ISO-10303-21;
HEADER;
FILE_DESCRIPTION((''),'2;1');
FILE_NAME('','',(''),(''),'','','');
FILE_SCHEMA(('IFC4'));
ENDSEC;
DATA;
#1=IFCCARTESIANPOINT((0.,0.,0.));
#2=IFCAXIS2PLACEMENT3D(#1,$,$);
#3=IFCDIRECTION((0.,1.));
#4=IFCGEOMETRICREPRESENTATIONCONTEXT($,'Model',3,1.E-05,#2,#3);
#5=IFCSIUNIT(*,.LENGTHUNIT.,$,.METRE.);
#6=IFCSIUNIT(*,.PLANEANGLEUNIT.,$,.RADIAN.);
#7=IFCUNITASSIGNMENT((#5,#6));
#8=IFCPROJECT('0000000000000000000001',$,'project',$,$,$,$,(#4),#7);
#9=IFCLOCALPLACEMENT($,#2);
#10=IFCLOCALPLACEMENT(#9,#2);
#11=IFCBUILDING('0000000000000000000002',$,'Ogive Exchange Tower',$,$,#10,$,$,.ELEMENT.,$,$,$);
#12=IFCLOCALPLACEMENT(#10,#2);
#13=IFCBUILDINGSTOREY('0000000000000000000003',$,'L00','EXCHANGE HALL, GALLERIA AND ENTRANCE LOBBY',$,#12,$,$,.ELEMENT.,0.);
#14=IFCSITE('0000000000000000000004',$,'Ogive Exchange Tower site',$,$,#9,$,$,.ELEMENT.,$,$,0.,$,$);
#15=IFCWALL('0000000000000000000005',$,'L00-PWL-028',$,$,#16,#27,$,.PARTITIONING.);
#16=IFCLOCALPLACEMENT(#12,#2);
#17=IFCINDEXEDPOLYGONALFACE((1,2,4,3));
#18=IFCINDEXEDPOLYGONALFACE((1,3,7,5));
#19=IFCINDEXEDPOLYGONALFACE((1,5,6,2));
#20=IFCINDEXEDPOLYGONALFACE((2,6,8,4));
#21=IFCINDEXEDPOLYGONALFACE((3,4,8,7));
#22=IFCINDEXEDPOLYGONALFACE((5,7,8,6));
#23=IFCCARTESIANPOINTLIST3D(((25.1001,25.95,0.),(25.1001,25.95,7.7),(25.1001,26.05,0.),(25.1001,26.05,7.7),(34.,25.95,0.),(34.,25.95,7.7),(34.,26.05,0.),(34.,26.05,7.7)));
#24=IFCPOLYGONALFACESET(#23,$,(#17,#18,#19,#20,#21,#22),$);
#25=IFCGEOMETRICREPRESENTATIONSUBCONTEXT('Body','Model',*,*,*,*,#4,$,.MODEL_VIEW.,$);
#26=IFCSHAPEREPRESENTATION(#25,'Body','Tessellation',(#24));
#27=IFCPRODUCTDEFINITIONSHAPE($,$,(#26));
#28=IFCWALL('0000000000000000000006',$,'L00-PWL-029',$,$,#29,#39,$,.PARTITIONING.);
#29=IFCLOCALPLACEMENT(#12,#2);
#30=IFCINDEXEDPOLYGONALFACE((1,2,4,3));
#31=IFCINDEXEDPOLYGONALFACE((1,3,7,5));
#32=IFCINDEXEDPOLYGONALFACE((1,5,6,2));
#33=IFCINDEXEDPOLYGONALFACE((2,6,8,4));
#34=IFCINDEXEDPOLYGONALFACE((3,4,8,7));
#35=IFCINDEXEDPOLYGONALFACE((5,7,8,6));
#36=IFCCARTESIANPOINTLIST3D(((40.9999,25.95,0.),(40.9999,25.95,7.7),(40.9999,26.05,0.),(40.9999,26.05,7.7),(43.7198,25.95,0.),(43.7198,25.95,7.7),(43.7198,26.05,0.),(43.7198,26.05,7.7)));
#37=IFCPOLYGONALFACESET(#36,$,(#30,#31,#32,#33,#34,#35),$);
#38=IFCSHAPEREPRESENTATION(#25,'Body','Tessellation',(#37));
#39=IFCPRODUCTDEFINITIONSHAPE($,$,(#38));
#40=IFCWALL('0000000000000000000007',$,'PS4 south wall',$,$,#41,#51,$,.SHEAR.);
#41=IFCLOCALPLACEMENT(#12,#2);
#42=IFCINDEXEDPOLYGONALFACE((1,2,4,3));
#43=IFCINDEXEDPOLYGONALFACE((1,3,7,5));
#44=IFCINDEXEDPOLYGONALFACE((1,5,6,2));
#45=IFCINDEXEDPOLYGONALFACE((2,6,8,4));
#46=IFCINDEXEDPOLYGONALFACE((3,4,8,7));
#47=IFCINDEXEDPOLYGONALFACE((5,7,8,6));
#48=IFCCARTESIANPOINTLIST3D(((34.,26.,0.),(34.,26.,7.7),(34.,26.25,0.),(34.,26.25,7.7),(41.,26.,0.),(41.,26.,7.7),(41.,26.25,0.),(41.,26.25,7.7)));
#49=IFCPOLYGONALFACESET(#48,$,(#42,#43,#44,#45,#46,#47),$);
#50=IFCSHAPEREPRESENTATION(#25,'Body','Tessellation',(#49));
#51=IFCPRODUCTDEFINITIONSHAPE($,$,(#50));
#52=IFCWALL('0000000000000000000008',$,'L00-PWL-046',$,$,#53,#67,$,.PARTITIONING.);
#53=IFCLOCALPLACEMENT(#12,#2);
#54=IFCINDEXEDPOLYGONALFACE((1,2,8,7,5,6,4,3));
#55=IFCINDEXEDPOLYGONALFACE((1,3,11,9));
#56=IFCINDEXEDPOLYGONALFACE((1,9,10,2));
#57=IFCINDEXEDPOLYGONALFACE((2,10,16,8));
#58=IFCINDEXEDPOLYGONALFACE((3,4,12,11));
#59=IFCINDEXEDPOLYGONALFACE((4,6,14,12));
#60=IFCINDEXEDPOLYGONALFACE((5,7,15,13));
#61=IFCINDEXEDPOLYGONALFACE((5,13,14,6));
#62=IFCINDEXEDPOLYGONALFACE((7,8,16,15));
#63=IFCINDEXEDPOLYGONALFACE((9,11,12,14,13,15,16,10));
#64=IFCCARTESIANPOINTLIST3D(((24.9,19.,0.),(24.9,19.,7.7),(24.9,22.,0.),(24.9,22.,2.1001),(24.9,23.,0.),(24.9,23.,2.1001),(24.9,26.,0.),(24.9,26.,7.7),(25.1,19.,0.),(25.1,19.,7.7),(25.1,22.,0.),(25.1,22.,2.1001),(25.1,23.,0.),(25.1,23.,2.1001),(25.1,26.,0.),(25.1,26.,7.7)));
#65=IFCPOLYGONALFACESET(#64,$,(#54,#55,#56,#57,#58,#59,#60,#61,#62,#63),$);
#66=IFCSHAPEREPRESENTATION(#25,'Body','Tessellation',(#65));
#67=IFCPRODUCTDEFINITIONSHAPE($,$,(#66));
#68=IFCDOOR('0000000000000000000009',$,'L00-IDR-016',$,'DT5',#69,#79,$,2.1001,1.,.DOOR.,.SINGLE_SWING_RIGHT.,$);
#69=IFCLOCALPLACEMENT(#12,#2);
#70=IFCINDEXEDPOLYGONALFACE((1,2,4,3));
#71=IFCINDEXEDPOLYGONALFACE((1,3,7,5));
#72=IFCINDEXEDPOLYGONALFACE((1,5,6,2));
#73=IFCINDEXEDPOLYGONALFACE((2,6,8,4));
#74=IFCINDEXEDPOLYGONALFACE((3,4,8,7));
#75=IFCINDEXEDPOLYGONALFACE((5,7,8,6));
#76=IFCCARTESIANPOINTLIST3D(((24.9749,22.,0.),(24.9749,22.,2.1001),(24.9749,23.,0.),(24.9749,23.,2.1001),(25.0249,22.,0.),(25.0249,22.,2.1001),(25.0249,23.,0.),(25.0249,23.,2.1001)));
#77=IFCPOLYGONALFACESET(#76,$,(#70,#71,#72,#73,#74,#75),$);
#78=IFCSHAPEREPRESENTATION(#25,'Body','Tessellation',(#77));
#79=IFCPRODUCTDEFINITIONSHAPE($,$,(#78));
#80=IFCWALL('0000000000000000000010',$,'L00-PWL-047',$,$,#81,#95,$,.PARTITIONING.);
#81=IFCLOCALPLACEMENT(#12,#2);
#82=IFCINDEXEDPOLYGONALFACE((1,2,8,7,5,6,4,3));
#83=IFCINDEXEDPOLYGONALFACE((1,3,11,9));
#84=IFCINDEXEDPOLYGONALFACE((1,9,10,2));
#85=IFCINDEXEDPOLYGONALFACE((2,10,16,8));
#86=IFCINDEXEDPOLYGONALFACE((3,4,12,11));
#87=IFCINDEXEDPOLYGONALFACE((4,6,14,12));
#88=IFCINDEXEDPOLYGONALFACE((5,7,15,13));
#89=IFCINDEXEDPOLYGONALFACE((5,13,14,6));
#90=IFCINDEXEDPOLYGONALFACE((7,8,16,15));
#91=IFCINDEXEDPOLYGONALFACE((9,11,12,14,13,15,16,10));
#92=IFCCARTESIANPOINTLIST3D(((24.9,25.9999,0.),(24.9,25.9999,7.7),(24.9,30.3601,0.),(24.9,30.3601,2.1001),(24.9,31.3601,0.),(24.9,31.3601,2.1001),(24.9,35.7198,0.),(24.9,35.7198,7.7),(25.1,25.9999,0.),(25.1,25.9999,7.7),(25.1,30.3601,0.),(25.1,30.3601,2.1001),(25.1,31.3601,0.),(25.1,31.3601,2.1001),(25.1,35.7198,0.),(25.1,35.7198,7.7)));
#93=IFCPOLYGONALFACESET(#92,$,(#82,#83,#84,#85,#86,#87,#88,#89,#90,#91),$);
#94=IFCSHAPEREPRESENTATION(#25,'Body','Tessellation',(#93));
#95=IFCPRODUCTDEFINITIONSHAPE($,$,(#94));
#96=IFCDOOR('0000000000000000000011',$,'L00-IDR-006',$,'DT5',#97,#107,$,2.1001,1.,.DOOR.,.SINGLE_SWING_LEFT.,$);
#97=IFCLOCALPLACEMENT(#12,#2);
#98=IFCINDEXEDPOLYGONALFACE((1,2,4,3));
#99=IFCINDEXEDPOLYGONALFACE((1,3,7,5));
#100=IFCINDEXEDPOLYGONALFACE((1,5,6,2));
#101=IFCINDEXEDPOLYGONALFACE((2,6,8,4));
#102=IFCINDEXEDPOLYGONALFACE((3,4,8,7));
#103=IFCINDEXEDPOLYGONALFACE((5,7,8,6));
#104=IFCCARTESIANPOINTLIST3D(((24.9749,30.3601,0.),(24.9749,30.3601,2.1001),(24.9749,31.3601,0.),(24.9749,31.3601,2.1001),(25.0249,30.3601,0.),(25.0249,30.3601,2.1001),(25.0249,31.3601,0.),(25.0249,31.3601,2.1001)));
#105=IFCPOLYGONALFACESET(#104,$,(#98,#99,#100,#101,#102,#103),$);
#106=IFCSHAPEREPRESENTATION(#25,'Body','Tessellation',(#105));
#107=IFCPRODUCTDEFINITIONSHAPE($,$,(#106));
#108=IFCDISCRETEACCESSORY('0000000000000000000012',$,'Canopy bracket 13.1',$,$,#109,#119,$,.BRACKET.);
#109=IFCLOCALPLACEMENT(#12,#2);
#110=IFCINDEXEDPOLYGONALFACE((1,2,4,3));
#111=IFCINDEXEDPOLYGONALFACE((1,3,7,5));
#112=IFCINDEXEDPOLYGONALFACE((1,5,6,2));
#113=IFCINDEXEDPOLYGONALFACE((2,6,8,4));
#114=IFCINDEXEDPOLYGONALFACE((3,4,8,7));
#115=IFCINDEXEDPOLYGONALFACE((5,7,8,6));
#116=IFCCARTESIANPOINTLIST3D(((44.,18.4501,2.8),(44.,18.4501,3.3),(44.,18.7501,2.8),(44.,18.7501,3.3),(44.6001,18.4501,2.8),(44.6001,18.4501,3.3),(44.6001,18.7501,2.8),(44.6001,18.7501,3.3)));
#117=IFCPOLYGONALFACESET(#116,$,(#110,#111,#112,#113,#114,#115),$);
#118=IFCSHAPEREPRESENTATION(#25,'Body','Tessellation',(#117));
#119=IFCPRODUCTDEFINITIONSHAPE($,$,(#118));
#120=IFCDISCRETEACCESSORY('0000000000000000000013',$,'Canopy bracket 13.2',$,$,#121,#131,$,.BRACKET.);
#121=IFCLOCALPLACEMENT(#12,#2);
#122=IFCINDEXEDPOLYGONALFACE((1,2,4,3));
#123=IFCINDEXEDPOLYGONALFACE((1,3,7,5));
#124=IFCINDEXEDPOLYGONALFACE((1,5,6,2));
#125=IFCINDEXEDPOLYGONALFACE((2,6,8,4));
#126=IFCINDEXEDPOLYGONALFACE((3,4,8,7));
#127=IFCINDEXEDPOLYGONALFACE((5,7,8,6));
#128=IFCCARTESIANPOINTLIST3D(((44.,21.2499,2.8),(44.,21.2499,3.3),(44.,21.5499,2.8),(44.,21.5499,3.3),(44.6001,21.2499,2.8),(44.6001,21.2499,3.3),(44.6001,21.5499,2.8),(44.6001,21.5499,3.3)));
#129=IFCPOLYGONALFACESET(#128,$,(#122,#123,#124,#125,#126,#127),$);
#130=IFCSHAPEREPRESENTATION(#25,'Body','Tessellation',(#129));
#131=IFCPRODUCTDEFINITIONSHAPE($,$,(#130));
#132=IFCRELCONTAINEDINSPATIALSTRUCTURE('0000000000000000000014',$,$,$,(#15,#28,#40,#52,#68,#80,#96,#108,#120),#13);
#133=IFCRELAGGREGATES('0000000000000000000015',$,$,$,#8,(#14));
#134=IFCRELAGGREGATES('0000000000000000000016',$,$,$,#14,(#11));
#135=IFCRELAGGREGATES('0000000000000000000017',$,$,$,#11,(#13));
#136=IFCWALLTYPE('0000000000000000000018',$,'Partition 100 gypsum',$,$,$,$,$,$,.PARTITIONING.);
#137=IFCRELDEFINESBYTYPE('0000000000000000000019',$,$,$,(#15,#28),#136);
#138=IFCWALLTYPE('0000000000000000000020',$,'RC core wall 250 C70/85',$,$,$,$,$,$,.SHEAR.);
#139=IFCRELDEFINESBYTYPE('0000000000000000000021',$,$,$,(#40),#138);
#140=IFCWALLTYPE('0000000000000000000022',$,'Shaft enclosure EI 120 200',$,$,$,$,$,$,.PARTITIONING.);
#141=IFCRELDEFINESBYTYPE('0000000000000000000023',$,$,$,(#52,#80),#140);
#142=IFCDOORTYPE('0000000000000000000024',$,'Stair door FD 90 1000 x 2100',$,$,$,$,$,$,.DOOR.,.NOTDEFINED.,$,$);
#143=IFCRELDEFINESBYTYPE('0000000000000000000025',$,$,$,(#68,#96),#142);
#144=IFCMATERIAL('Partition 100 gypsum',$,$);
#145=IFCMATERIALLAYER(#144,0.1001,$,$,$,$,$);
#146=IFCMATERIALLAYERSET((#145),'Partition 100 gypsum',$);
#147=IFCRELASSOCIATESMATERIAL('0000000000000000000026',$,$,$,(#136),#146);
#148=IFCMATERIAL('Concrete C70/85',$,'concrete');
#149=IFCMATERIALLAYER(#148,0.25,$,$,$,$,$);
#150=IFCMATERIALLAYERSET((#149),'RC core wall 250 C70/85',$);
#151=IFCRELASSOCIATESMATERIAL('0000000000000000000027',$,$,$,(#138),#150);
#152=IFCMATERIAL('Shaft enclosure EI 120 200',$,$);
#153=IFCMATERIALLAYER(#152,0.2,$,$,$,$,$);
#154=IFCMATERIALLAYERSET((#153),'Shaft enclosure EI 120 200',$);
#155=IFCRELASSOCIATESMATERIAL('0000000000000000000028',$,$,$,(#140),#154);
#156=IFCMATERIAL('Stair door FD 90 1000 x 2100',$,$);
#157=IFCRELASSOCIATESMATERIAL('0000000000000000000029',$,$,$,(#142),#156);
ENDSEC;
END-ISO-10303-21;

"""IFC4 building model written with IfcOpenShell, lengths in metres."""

from ifc_helpers import new_model, si_unit, direction, frame, frame_2d, origin, origin_2d, place, context, subcontext, project, spatial, rectangle, extrude, material, layer, layer_set, type_object, element, fill, save


model = new_model("IFC4")

# Units and contexts
model_context = context("Model", 3, precision=1e-05, world=origin(), true_north=direction((0.0, 1.0)))
body_context = subcontext(model_context, "Body", "Model", "MODEL_VIEW")
ifc_project = project(units=[si_unit("LENGTHUNIT", "METRE"), si_unit("PLANEANGLEUNIT", "RADIAN")], contexts=[model_context])

# Site, building, storey
site_placement = place(None, origin())
site = spatial("IfcSite", under=ifc_project, at=site_placement, Name="Ogive Exchange Tower site", CompositionType="ELEMENT", RefElevation=0.0)
building_placement = place(site_placement, origin())
building = spatial("IfcBuilding", under=site, at=building_placement, Name="Ogive Exchange Tower", CompositionType="ELEMENT")
storey_placement = place(building_placement, origin())
storey = spatial("IfcBuildingStorey", under=building, at=storey_placement, Name="L00", Description="EXCHANGE HALL, GALLERIA AND ENTRANCE LOBBY", CompositionType="ELEMENT", Elevation=0.0)

# Shared definitions
ifc_material_1 = material(Name="Concrete C70/85", Category="concrete")

# Walls
ifc_material_2 = material(Name="Partition 100 gypsum")
ifc_layer_1 = layer(ifc_material_2, 0.1001)
ifc_layer_set_1 = layer_set([ifc_layer_1], Name="Partition 100 gypsum")
wall_type_1 = type_object("IfcWallType", Name="Partition 100 gypsum", PredefinedType="PARTITIONING", material=ifc_layer_set_1)
wall_1_placement = place(storey_placement, frame((25.1001, 26.0, 0.0), z_axis=(0.0, 0.0, 1.0), x_axis=(1.0, 0.0, 0.0)))
element("IfcWall", 1, at=wall_1_placement, inside=storey, type_object=wall_type_1, Name="L00-PWL-028", PredefinedType="PARTITIONING", context=body_context, shape_type="SweptSolid", body=[
    extrude(rectangle(XDim=8.8999, YDim=0.1001, at=frame_2d((4.45, 0.0))), origin(), (0.0, 0.0, 1.0), 7.7),
])
wall_2_placement = place(storey_placement, frame((41.0, 26.0, 0.0), z_axis=(0.0, 0.0, 1.0), x_axis=(1.0, 0.0, 0.0)))
element("IfcWall", 2, at=wall_2_placement, inside=storey, type_object=wall_type_1, Name="L00-PWL-029", PredefinedType="PARTITIONING", context=body_context, shape_type="SweptSolid", body=[
    extrude(rectangle(XDim=2.72, YDim=0.1001, at=frame_2d((1.3599, 0.0))), origin(), (0.0, 0.0, 1.0), 7.7),
])
ifc_layer_2 = layer(ifc_material_1, 0.25)
ifc_layer_set_2 = layer_set([ifc_layer_2], Name="RC core wall 250 C70/85")
wall_type_2 = type_object("IfcWallType", Name="RC core wall 250 C70/85", PredefinedType="SHEAR", material=ifc_layer_set_2)
wall_3_placement = place(storey_placement, frame((34.0, 26.125, 0.0), z_axis=(0.0, 0.0, 1.0), x_axis=(1.0, 0.0, 0.0)))
element("IfcWall", 3, at=wall_3_placement, inside=storey, type_object=wall_type_2, Name="PS4 south wall", PredefinedType="SHEAR", context=body_context, shape_type="SweptSolid", body=[
    extrude(rectangle(XDim=7.0, YDim=0.25, at=frame_2d((3.5, 0.0))), origin(), (0.0, 0.0, 1.0), 7.7),
])

# Walls, openings, doors
ifc_material_3 = material(Name="Shaft enclosure EI 120 200")
ifc_layer_3 = layer(ifc_material_3, 0.2)
ifc_layer_set_3 = layer_set([ifc_layer_3], Name="Shaft enclosure EI 120 200")
wall_type_3 = type_object("IfcWallType", Name="Shaft enclosure EI 120 200", PredefinedType="PARTITIONING", material=ifc_layer_set_3)
wall_4_placement = place(storey_placement, frame((25.0, 19.0, 0.0), z_axis=(0.0, 0.0, 1.0), x_axis=(0.0, 1.0, 0.0)))
wall_4 = element("IfcWall", 4, at=wall_4_placement, inside=storey, type_object=wall_type_3, Name="L00-PWL-046", PredefinedType="PARTITIONING", context=body_context, shape_type="SweptSolid", body=[
    extrude(rectangle(XDim=7.0, YDim=0.2, at=frame_2d((3.5, 0.0))), origin(), (0.0, 0.0, 1.0), 7.7),
])
opening_1_placement = place(wall_4_placement, frame((3.0, 0.0, 0.0)))
opening_1 = element("IfcOpeningElement", 5, at=opening_1_placement, cuts=wall_4, PredefinedType="OPENING", context=body_context, shape_type="SweptSolid", body=[
    extrude(rectangle(XDim=1.0, YDim=2.1001, at=frame_2d((0.5, 1.05))), frame((0.0, 0.1099, 0.0), z_axis=(0.0, -1.0, 0.0), x_axis=(1.0, 0.0, 0.0)), (0.0, 0.0, 1.0), 0.22),
])
ifc_material_4 = material(Name="Stair door FD 90 1000 x 2100")
door_type_1 = type_object("IfcDoorType", Name="Stair door FD 90 1000 x 2100", OperationType="NOTDEFINED", PredefinedType="DOOR", material=ifc_material_4)
door_1_placement = place(opening_1_placement, frame((1.0, 0.0, 0.0), z_axis=(0.0, 0.0, 1.0), x_axis=(-1.0, 0.0, 0.0)))
door_1 = element("IfcDoor", 6, at=door_1_placement, inside=storey, type_object=door_type_1, Name="L00-IDR-016", ObjectType="DT5", OperationType="SINGLE_SWING_RIGHT", OverallHeight=2.1001, OverallWidth=1.0, PredefinedType="DOOR", context=body_context, shape_type="SweptSolid", body=[
    extrude(rectangle(XDim=1.0, YDim=2.1001, at=frame_2d((0.5, 1.05))), frame((0.0, 0.0249, 0.0), z_axis=(0.0, -1.0, 0.0), x_axis=(1.0, 0.0, 0.0)), (0.0, 0.0, 1.0), 0.05),
])
fill(opening_1, door_1)
wall_5_placement = place(storey_placement, frame((25.0, 26.0, 0.0), z_axis=(0.0, 0.0, 1.0), x_axis=(0.0, 1.0, 0.0)))
wall_5 = element("IfcWall", 7, at=wall_5_placement, inside=storey, type_object=wall_type_3, Name="L00-PWL-047", PredefinedType="PARTITIONING", context=body_context, shape_type="SweptSolid", body=[
    extrude(rectangle(XDim=9.72, YDim=0.2, at=frame_2d((4.8599, 0.0))), origin(), (0.0, 0.0, 1.0), 7.7),
])
opening_2_placement = place(wall_5_placement, frame((4.3601, 0.0, 0.0)))
opening_2 = element("IfcOpeningElement", 8, at=opening_2_placement, cuts=wall_5, PredefinedType="OPENING", context=body_context, shape_type="SweptSolid", body=[
    extrude(rectangle(XDim=1.0, YDim=2.1001, at=frame_2d((0.5, 1.05))), frame((0.0, 0.1099, 0.0), z_axis=(0.0, -1.0, 0.0), x_axis=(1.0, 0.0, 0.0)), (0.0, 0.0, 1.0), 0.22),
])
door_2_placement = place(opening_2_placement, frame((1.0, 0.0, 0.0), z_axis=(0.0, 0.0, 1.0), x_axis=(-1.0, 0.0, 0.0)))
door_2 = element("IfcDoor", 9, at=door_2_placement, inside=storey, type_object=door_type_1, Name="L00-IDR-006", ObjectType="DT5", OperationType="SINGLE_SWING_LEFT", OverallHeight=2.1001, OverallWidth=1.0, PredefinedType="DOOR", context=body_context, shape_type="SweptSolid", body=[
    extrude(rectangle(XDim=1.0, YDim=2.1001, at=frame_2d((0.5, 1.05))), frame((0.0, 0.0249, 0.0), z_axis=(0.0, -1.0, 0.0), x_axis=(1.0, 0.0, 0.0)), (0.0, 0.0, 1.0), 0.05),
])
fill(opening_2, door_2)

# Discrete accessories
for number, where, z_axis, x_axis, name in (
    (10, (44.3, 18.6001, 2.8), (0.0, 0.0, 1.0), (0.0, 1.0, 0.0), "Canopy bracket 13.1"),
    (11, (44.3, 21.3999, 2.8), (0.0, 0.0, 1.0), (0.0, 1.0, 0.0), "Canopy bracket 13.2"),
):
    element("IfcDiscreteAccessory", number, at=place(storey_placement, frame(where, z_axis=z_axis, x_axis=x_axis)), inside=storey, Name=name, PredefinedType="BRACKET", context=body_context, shape_type="SweptSolid", body=[
        extrude(rectangle(XDim=0.3, YDim=0.6001, at=origin_2d()), origin(), (0.0, 0.0, 1.0), 0.5),
    ])

save(model, "model.ifc")
